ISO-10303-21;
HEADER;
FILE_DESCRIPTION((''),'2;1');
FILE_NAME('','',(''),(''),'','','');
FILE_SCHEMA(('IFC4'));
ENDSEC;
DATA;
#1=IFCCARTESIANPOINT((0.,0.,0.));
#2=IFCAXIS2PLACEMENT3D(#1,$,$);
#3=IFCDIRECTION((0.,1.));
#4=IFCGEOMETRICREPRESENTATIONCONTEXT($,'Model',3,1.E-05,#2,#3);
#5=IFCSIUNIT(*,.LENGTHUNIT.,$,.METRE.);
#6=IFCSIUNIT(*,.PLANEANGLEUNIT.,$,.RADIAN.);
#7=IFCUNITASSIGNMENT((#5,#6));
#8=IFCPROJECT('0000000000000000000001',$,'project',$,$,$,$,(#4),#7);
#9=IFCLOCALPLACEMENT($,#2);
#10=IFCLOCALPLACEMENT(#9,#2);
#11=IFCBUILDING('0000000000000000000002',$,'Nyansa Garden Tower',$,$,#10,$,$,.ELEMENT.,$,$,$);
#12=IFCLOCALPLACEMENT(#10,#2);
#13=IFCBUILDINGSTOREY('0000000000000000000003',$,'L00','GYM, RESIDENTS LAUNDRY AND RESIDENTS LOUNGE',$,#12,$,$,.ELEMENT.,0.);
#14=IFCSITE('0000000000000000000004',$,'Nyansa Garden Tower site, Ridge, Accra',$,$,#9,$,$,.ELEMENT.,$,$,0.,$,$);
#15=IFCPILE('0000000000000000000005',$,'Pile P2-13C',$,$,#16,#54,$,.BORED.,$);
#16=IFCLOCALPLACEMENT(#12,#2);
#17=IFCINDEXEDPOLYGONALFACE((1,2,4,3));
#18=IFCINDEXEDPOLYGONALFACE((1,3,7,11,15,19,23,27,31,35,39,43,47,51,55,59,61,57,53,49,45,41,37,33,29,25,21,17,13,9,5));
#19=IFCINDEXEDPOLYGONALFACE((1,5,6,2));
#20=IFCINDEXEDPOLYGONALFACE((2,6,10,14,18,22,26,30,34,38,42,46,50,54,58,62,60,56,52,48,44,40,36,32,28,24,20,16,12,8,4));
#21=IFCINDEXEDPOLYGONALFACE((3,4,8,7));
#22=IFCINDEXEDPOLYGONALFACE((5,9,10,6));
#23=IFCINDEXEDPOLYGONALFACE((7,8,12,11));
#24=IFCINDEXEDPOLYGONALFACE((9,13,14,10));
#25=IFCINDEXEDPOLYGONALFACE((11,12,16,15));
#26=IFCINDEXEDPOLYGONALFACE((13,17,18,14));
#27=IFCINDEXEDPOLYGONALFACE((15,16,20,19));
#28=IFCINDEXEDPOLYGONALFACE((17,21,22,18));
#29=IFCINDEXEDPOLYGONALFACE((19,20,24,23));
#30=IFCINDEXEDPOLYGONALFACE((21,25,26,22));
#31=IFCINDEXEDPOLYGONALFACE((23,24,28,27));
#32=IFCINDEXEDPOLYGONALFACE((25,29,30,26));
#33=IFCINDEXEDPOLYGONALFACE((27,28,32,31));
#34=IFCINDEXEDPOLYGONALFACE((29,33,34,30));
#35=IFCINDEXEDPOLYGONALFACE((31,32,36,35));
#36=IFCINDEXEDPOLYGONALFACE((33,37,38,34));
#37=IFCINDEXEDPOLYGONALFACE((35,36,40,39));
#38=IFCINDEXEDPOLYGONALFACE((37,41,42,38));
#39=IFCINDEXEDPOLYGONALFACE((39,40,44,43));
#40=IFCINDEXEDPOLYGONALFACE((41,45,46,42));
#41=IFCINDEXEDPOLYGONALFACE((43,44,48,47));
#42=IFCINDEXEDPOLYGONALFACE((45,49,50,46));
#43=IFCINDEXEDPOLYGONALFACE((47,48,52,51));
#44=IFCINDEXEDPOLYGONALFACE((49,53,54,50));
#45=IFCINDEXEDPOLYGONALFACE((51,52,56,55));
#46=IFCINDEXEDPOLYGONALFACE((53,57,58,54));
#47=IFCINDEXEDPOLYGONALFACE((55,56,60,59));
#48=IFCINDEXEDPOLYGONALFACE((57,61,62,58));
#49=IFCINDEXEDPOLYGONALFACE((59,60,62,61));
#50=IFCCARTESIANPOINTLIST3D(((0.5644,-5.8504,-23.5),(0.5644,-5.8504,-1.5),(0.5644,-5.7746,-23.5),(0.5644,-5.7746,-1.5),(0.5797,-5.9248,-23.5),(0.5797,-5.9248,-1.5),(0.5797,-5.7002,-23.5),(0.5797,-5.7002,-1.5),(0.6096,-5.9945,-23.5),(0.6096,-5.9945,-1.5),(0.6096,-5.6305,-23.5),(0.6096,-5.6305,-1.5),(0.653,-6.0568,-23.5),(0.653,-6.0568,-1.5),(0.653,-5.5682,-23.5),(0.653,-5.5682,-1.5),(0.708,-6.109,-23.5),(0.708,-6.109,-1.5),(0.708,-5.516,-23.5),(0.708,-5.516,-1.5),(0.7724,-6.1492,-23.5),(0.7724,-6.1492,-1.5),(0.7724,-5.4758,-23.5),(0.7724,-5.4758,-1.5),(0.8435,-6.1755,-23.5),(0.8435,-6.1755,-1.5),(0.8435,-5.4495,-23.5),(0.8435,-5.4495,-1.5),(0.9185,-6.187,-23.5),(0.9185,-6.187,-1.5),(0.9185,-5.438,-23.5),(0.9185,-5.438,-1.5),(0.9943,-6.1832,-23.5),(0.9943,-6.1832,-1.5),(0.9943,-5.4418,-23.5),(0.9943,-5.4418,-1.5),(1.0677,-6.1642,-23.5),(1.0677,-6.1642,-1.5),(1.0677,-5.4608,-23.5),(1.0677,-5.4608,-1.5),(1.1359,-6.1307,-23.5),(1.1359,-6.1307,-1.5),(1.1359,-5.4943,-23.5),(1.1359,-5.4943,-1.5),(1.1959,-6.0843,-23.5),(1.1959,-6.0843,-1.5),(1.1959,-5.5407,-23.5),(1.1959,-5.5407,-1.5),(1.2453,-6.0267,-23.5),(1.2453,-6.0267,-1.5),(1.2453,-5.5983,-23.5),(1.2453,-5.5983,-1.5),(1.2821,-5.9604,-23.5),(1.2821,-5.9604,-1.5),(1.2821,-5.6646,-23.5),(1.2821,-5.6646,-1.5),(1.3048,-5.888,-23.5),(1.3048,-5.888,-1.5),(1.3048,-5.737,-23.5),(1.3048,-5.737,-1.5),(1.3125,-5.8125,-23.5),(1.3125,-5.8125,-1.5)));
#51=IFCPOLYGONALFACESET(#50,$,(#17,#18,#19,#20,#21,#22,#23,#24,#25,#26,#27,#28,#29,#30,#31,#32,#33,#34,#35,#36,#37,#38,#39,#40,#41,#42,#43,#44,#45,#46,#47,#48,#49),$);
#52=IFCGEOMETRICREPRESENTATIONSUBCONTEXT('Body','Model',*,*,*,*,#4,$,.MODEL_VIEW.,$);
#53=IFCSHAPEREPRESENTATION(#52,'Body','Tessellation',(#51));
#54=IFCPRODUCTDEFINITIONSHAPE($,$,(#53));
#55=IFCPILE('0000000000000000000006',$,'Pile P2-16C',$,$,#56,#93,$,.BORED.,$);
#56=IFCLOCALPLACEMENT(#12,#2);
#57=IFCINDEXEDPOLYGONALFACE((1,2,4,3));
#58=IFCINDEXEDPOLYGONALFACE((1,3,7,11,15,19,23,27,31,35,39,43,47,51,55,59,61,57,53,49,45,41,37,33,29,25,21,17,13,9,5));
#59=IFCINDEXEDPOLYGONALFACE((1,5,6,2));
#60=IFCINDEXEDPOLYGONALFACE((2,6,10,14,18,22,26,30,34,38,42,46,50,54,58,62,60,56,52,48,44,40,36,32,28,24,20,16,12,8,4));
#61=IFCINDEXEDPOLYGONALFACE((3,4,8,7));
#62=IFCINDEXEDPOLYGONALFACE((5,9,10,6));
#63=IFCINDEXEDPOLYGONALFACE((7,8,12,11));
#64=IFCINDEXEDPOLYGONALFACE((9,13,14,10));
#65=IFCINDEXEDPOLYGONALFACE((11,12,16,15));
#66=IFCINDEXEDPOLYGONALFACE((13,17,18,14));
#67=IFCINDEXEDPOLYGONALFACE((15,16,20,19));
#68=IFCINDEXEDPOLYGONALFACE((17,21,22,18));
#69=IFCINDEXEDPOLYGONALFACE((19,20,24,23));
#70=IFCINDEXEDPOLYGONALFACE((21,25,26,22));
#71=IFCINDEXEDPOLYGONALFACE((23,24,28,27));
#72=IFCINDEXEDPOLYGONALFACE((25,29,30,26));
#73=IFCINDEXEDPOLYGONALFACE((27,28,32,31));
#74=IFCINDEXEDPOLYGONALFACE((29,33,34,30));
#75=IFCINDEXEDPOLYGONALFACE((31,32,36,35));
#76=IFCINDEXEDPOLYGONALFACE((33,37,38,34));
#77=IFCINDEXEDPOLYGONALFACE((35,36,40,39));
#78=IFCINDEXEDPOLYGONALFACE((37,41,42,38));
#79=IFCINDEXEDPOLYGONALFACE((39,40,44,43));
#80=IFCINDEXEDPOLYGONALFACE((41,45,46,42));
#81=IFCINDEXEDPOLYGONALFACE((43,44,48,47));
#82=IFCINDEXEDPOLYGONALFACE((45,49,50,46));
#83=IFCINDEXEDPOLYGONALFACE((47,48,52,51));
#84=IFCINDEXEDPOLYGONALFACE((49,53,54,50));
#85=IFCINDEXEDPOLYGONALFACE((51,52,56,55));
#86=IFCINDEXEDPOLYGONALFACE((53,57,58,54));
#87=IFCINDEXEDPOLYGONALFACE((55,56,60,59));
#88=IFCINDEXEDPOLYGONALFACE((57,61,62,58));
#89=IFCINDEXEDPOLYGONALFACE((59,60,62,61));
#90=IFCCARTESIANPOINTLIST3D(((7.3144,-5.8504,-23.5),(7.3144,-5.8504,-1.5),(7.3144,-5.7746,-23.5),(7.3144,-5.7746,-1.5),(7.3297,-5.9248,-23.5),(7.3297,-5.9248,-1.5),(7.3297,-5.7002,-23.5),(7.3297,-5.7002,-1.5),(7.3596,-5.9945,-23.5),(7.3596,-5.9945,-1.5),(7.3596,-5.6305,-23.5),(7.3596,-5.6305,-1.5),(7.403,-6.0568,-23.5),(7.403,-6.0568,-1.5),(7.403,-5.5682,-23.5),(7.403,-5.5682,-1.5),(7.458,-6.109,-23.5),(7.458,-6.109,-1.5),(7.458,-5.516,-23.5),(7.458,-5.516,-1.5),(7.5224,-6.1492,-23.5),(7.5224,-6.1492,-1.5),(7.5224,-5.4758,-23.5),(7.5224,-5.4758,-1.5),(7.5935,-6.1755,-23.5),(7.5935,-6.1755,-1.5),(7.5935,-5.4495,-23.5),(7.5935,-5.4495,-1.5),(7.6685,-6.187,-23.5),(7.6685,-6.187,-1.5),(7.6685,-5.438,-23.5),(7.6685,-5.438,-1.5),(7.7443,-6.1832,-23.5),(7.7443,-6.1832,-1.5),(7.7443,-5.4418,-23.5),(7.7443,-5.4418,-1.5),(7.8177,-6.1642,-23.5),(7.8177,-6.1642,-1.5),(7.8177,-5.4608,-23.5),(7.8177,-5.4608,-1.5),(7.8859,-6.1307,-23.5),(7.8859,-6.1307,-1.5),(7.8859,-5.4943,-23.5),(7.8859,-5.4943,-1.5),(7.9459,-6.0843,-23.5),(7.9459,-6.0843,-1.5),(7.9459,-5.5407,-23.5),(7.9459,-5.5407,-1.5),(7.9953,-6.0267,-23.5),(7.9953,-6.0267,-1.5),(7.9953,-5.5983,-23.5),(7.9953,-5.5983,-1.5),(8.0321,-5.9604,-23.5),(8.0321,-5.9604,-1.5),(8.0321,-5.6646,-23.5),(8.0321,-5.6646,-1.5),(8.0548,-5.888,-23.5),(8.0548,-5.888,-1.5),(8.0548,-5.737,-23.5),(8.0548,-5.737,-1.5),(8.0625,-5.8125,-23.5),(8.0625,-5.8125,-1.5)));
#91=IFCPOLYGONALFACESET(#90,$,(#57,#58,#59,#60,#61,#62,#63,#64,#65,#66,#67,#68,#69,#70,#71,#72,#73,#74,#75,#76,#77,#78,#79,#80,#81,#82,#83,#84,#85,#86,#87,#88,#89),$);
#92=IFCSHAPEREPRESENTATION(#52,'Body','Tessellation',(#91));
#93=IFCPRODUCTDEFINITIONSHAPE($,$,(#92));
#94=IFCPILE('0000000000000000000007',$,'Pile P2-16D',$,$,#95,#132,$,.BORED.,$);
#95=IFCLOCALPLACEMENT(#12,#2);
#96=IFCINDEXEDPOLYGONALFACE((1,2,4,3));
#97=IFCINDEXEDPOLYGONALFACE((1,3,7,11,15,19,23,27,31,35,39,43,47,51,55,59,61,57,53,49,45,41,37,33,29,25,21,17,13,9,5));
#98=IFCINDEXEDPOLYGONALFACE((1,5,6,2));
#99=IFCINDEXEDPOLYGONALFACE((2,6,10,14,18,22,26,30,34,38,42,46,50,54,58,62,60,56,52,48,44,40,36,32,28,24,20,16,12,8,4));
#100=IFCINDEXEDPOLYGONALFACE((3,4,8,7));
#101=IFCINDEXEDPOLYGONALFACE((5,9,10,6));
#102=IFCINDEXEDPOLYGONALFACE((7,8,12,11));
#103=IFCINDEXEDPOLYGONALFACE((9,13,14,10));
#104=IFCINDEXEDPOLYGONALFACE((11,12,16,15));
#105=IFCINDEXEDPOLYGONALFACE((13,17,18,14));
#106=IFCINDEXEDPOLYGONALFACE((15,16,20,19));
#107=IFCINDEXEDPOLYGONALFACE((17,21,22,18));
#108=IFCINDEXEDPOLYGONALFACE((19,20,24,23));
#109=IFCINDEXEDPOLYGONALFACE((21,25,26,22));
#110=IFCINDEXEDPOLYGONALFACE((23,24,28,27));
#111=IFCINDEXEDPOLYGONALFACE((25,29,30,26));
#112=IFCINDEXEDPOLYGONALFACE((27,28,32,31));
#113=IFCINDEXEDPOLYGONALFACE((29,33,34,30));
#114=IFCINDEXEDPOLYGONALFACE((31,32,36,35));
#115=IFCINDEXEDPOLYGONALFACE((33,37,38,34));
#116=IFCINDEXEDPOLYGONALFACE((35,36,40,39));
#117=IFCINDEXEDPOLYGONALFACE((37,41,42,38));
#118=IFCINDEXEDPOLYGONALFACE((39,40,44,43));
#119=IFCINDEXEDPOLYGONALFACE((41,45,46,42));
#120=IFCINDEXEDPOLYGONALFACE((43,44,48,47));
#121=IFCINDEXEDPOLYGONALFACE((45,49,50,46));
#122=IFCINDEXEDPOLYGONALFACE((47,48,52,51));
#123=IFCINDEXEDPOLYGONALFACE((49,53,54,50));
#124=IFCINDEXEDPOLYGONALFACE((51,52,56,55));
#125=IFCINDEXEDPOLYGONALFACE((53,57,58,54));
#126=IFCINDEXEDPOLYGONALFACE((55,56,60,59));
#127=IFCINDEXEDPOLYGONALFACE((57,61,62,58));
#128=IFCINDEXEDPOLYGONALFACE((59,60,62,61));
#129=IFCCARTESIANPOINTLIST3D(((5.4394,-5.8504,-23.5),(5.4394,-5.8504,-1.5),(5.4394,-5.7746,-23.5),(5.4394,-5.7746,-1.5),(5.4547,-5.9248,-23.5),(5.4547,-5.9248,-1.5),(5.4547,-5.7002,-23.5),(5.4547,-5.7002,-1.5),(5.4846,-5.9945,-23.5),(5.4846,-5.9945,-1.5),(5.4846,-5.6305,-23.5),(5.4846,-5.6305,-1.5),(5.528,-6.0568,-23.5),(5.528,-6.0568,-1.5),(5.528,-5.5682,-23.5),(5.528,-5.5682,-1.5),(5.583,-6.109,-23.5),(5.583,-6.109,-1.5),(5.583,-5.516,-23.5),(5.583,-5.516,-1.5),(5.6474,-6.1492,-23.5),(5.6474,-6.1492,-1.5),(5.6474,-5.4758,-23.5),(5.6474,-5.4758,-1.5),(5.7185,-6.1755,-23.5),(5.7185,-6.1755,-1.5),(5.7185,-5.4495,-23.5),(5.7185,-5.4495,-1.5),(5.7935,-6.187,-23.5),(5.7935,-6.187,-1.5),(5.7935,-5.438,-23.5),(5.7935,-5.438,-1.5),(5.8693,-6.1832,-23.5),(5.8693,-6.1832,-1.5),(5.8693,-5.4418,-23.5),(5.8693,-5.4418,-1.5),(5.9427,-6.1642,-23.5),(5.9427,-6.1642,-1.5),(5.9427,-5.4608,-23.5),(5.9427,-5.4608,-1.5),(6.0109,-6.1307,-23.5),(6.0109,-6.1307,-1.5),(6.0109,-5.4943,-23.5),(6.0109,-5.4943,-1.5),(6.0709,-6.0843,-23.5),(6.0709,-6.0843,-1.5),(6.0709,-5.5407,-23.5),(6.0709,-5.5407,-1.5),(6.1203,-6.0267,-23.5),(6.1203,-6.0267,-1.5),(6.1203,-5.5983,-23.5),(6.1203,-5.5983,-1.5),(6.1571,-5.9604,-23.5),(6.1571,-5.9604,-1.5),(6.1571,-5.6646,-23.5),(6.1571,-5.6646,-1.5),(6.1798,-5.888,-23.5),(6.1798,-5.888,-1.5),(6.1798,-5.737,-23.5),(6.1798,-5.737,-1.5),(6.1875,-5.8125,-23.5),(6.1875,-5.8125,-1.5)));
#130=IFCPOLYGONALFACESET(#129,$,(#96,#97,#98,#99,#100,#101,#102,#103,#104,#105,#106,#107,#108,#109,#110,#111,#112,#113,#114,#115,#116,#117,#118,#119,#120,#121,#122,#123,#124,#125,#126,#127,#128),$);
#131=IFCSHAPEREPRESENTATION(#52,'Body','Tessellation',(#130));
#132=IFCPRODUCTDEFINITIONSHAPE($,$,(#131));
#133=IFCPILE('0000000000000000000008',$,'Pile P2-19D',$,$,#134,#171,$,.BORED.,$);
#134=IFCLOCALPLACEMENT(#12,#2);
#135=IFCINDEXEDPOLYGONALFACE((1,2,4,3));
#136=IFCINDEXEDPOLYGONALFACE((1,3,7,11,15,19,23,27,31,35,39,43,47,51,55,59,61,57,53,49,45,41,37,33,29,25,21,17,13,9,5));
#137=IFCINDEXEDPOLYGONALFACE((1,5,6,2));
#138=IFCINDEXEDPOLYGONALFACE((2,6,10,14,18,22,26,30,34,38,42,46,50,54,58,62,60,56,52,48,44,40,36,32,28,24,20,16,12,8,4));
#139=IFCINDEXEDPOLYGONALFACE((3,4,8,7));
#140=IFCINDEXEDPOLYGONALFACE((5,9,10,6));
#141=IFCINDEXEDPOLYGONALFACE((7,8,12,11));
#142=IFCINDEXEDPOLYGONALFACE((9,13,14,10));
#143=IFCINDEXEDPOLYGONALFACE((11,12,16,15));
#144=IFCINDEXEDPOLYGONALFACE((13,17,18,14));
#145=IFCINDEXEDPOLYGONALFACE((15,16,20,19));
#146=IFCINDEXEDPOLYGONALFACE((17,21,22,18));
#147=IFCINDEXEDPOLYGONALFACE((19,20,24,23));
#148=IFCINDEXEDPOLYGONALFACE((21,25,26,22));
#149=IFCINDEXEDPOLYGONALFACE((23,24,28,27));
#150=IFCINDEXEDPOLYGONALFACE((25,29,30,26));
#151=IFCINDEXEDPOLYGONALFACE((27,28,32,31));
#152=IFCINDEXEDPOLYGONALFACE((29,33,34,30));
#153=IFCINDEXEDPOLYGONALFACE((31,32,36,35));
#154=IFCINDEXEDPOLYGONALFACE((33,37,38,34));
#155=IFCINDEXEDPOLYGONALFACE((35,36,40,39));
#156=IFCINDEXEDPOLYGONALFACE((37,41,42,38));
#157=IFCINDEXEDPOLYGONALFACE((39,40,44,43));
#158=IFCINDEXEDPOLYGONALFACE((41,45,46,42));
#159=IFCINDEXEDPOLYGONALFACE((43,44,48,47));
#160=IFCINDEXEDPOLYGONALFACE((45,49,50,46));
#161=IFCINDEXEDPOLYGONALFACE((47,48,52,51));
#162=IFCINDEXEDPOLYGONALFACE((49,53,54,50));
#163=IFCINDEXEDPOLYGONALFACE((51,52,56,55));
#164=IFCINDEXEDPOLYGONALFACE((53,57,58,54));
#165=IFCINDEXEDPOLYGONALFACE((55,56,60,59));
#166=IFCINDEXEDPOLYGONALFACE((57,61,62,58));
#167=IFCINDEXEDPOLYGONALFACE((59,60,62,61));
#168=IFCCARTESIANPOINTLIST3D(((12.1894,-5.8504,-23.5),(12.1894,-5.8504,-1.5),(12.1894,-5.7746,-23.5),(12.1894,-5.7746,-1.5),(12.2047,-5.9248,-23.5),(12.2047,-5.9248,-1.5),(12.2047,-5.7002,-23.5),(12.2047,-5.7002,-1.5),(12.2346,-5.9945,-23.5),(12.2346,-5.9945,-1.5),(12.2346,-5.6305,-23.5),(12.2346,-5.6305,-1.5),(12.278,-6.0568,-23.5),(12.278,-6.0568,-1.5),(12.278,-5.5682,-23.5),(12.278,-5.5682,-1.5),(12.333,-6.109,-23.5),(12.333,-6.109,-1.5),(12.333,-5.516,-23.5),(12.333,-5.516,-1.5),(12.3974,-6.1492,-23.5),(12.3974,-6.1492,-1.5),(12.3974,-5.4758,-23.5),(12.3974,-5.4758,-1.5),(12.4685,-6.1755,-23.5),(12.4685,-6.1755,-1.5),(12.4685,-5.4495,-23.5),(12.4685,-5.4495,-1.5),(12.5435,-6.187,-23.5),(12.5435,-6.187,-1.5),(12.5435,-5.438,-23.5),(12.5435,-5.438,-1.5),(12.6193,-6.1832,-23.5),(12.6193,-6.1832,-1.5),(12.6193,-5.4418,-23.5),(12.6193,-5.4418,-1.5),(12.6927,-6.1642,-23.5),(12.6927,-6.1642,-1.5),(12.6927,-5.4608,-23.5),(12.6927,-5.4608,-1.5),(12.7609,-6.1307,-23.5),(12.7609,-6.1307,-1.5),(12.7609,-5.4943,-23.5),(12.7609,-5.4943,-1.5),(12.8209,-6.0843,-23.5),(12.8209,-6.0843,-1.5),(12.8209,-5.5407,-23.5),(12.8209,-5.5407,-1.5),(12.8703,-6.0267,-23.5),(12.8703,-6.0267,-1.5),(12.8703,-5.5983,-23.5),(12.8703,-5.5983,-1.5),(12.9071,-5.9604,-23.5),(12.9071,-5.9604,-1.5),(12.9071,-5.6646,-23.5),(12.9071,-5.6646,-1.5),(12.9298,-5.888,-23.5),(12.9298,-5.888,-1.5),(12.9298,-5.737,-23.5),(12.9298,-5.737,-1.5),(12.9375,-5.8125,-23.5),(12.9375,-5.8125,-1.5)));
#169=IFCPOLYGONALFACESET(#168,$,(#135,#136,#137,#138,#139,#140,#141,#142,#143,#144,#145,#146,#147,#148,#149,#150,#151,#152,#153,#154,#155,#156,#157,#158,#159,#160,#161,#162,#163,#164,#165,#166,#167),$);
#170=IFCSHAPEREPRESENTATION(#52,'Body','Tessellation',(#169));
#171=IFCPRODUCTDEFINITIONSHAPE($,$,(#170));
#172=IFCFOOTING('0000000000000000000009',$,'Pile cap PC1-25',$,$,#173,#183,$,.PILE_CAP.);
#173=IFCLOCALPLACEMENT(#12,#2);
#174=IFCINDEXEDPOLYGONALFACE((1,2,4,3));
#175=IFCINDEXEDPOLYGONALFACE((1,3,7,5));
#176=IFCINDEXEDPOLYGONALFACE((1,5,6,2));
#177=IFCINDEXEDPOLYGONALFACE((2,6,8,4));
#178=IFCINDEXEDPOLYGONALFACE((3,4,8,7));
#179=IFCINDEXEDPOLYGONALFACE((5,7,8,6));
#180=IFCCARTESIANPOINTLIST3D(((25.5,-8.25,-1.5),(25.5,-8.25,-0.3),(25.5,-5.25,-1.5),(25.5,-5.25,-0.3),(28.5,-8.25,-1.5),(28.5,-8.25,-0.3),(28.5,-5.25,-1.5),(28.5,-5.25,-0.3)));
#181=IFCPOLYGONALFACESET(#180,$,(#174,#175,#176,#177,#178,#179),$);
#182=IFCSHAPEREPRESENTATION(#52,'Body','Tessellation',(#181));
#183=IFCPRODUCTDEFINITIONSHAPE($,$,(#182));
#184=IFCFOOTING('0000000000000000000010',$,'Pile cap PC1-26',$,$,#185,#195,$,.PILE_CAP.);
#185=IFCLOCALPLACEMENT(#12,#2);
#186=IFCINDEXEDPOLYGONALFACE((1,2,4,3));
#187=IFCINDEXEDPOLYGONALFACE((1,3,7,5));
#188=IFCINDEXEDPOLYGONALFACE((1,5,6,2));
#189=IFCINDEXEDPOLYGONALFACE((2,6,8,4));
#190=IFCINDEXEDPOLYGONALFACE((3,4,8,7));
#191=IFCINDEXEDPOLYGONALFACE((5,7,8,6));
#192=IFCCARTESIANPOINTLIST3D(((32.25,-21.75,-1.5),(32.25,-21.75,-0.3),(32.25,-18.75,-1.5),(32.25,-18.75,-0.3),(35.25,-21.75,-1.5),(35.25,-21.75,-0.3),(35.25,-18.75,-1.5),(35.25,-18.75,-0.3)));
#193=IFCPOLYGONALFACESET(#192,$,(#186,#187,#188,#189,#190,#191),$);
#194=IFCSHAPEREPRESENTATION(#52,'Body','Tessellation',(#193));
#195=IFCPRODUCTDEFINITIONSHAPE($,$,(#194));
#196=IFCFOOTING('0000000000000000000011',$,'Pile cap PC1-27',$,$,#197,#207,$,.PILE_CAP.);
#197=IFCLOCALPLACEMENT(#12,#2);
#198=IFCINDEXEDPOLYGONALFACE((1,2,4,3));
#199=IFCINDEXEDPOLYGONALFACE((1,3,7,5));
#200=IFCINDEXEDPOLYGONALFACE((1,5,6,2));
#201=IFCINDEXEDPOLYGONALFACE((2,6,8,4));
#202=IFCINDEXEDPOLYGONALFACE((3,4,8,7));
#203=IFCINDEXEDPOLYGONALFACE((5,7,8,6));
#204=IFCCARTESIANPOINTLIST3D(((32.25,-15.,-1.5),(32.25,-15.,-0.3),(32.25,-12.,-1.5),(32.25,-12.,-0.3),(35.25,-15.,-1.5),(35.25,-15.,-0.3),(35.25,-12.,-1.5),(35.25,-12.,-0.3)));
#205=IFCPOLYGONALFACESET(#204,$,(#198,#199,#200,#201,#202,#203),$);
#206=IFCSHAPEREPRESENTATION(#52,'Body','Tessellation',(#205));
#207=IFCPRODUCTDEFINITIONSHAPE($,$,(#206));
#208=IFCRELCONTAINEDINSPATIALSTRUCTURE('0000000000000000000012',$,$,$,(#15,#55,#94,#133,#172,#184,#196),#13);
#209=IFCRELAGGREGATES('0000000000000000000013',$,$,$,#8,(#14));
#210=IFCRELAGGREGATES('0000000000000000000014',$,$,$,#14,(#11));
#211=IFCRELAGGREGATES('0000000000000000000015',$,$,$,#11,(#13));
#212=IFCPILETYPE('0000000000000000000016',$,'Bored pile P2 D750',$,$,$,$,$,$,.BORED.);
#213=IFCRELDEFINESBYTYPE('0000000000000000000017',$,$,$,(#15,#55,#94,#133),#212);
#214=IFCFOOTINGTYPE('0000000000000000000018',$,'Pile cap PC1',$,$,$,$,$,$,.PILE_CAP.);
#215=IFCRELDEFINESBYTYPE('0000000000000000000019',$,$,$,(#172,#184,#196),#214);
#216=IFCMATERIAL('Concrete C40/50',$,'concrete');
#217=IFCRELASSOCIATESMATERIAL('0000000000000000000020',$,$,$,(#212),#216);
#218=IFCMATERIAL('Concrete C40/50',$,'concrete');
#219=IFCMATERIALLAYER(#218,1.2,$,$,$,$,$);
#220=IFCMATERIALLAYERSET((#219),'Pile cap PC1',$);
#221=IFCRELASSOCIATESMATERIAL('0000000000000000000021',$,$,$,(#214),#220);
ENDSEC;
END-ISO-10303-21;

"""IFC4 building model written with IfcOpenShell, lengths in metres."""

from ifc_helpers import new_model, si_unit, direction, frame, origin, origin_2d, place, context, subcontext, project, spatial, polyline, circle, outline, extrude, material, layer, layer_set, type_object, element, save


model = new_model("IFC4")

# Units and contexts
model_context = context("Model", 3, precision=1e-05, world=origin(), true_north=direction((0.0, 1.0)))
body_context = subcontext(model_context, "Body", "Model", "MODEL_VIEW")
ifc_project = project(units=[si_unit("LENGTHUNIT", "METRE"), si_unit("PLANEANGLEUNIT", "RADIAN")], contexts=[model_context])

# Site, building, storey
site_placement = place(None, origin())
site = spatial("IfcSite", under=ifc_project, at=site_placement, Name="Nyansa Garden Tower site, Ridge, Accra", CompositionType="ELEMENT", RefElevation=0.0)
building_placement = place(site_placement, origin())
building = spatial("IfcBuilding", under=site, at=building_placement, Name="Nyansa Garden Tower", CompositionType="ELEMENT")
storey_placement = place(building_placement, origin())
storey = spatial("IfcBuildingStorey", under=building, at=storey_placement, Name="L00", Description="GYM, RESIDENTS LAUNDRY AND RESIDENTS LOUNGE", CompositionType="ELEMENT", Elevation=0.0)

# Piles
ifc_material_1 = material(Name="Concrete C40/50", Category="concrete")
pile_type = type_object("IfcPileType", Name="Bored pile P2 D750", PredefinedType="BORED", material=ifc_material_1)
for number, where, z_axis, x_axis, name in (
    (1, (0.9375, -5.8125, -1.5), (0.0, 0.0, -1.0), (1.0, 0.0, 0.0), "Pile P2-13C"),
    (2, (7.6875, -5.8125, -1.5), (0.0, 0.0, -1.0), (1.0, 0.0, 0.0), "Pile P2-16C"),
    (3, (5.8125, -5.8125, -1.5), (0.0, 0.0, -1.0), (1.0, 0.0, 0.0), "Pile P2-16D"),
    (4, (12.5625, -5.8125, -1.5), (0.0, 0.0, -1.0), (1.0, 0.0, 0.0), "Pile P2-19D"),
):
    element("IfcPile", number, at=place(storey_placement, frame(where, z_axis=z_axis, x_axis=x_axis)), inside=storey, type_object=pile_type, Name=name, PredefinedType="BORED", context=body_context, shape_type="SweptSolid", body=[
        extrude(circle(Radius=0.375, at=origin_2d()), origin(), (0.0, 0.0, 1.0), 22.0),
    ])

# Footings
ifc_material_2 = material(Name="Concrete C40/50", Category="concrete")
ifc_layer = layer(ifc_material_2, 1.2)
ifc_layer_set = layer_set([ifc_layer], Name="Pile cap PC1")
footing_type = type_object("IfcFootingType", Name="Pile cap PC1", PredefinedType="PILE_CAP", material=ifc_layer_set)
footing_1_placement = place(storey_placement, frame((0.0, 0.0, -1.5)))
element("IfcFooting", 5, at=footing_1_placement, inside=storey, type_object=footing_type, Name="Pile cap PC1-25", PredefinedType="PILE_CAP", context=body_context, shape_type="SweptSolid", body=[
    extrude(outline(polyline([(25.5, -8.25), (28.5, -8.25), (28.5, -5.25), (25.5, -5.25), (25.5, -8.25)])), origin(), (0.0, 0.0, 1.0), 1.2),
])
footing_2_placement = place(storey_placement, frame((0.0, 0.0, -1.5)))
element("IfcFooting", 6, at=footing_2_placement, inside=storey, type_object=footing_type, Name="Pile cap PC1-26", PredefinedType="PILE_CAP", context=body_context, shape_type="SweptSolid", body=[
    extrude(outline(polyline([(32.25, -21.75), (35.25, -21.75), (35.25, -18.75), (32.25, -18.75), (32.25, -21.75)])), origin(), (0.0, 0.0, 1.0), 1.2),
])
footing_3_placement = place(storey_placement, frame((0.0, 0.0, -1.5)))
element("IfcFooting", 7, at=footing_3_placement, inside=storey, type_object=footing_type, Name="Pile cap PC1-27", PredefinedType="PILE_CAP", context=body_context, shape_type="SweptSolid", body=[
    extrude(outline(polyline([(32.25, -15.0), (35.25, -15.0), (35.25, -12.0), (32.25, -12.0), (32.25, -15.0)])), origin(), (0.0, 0.0, 1.0), 1.2),
])

save(model, "model.ifc")
